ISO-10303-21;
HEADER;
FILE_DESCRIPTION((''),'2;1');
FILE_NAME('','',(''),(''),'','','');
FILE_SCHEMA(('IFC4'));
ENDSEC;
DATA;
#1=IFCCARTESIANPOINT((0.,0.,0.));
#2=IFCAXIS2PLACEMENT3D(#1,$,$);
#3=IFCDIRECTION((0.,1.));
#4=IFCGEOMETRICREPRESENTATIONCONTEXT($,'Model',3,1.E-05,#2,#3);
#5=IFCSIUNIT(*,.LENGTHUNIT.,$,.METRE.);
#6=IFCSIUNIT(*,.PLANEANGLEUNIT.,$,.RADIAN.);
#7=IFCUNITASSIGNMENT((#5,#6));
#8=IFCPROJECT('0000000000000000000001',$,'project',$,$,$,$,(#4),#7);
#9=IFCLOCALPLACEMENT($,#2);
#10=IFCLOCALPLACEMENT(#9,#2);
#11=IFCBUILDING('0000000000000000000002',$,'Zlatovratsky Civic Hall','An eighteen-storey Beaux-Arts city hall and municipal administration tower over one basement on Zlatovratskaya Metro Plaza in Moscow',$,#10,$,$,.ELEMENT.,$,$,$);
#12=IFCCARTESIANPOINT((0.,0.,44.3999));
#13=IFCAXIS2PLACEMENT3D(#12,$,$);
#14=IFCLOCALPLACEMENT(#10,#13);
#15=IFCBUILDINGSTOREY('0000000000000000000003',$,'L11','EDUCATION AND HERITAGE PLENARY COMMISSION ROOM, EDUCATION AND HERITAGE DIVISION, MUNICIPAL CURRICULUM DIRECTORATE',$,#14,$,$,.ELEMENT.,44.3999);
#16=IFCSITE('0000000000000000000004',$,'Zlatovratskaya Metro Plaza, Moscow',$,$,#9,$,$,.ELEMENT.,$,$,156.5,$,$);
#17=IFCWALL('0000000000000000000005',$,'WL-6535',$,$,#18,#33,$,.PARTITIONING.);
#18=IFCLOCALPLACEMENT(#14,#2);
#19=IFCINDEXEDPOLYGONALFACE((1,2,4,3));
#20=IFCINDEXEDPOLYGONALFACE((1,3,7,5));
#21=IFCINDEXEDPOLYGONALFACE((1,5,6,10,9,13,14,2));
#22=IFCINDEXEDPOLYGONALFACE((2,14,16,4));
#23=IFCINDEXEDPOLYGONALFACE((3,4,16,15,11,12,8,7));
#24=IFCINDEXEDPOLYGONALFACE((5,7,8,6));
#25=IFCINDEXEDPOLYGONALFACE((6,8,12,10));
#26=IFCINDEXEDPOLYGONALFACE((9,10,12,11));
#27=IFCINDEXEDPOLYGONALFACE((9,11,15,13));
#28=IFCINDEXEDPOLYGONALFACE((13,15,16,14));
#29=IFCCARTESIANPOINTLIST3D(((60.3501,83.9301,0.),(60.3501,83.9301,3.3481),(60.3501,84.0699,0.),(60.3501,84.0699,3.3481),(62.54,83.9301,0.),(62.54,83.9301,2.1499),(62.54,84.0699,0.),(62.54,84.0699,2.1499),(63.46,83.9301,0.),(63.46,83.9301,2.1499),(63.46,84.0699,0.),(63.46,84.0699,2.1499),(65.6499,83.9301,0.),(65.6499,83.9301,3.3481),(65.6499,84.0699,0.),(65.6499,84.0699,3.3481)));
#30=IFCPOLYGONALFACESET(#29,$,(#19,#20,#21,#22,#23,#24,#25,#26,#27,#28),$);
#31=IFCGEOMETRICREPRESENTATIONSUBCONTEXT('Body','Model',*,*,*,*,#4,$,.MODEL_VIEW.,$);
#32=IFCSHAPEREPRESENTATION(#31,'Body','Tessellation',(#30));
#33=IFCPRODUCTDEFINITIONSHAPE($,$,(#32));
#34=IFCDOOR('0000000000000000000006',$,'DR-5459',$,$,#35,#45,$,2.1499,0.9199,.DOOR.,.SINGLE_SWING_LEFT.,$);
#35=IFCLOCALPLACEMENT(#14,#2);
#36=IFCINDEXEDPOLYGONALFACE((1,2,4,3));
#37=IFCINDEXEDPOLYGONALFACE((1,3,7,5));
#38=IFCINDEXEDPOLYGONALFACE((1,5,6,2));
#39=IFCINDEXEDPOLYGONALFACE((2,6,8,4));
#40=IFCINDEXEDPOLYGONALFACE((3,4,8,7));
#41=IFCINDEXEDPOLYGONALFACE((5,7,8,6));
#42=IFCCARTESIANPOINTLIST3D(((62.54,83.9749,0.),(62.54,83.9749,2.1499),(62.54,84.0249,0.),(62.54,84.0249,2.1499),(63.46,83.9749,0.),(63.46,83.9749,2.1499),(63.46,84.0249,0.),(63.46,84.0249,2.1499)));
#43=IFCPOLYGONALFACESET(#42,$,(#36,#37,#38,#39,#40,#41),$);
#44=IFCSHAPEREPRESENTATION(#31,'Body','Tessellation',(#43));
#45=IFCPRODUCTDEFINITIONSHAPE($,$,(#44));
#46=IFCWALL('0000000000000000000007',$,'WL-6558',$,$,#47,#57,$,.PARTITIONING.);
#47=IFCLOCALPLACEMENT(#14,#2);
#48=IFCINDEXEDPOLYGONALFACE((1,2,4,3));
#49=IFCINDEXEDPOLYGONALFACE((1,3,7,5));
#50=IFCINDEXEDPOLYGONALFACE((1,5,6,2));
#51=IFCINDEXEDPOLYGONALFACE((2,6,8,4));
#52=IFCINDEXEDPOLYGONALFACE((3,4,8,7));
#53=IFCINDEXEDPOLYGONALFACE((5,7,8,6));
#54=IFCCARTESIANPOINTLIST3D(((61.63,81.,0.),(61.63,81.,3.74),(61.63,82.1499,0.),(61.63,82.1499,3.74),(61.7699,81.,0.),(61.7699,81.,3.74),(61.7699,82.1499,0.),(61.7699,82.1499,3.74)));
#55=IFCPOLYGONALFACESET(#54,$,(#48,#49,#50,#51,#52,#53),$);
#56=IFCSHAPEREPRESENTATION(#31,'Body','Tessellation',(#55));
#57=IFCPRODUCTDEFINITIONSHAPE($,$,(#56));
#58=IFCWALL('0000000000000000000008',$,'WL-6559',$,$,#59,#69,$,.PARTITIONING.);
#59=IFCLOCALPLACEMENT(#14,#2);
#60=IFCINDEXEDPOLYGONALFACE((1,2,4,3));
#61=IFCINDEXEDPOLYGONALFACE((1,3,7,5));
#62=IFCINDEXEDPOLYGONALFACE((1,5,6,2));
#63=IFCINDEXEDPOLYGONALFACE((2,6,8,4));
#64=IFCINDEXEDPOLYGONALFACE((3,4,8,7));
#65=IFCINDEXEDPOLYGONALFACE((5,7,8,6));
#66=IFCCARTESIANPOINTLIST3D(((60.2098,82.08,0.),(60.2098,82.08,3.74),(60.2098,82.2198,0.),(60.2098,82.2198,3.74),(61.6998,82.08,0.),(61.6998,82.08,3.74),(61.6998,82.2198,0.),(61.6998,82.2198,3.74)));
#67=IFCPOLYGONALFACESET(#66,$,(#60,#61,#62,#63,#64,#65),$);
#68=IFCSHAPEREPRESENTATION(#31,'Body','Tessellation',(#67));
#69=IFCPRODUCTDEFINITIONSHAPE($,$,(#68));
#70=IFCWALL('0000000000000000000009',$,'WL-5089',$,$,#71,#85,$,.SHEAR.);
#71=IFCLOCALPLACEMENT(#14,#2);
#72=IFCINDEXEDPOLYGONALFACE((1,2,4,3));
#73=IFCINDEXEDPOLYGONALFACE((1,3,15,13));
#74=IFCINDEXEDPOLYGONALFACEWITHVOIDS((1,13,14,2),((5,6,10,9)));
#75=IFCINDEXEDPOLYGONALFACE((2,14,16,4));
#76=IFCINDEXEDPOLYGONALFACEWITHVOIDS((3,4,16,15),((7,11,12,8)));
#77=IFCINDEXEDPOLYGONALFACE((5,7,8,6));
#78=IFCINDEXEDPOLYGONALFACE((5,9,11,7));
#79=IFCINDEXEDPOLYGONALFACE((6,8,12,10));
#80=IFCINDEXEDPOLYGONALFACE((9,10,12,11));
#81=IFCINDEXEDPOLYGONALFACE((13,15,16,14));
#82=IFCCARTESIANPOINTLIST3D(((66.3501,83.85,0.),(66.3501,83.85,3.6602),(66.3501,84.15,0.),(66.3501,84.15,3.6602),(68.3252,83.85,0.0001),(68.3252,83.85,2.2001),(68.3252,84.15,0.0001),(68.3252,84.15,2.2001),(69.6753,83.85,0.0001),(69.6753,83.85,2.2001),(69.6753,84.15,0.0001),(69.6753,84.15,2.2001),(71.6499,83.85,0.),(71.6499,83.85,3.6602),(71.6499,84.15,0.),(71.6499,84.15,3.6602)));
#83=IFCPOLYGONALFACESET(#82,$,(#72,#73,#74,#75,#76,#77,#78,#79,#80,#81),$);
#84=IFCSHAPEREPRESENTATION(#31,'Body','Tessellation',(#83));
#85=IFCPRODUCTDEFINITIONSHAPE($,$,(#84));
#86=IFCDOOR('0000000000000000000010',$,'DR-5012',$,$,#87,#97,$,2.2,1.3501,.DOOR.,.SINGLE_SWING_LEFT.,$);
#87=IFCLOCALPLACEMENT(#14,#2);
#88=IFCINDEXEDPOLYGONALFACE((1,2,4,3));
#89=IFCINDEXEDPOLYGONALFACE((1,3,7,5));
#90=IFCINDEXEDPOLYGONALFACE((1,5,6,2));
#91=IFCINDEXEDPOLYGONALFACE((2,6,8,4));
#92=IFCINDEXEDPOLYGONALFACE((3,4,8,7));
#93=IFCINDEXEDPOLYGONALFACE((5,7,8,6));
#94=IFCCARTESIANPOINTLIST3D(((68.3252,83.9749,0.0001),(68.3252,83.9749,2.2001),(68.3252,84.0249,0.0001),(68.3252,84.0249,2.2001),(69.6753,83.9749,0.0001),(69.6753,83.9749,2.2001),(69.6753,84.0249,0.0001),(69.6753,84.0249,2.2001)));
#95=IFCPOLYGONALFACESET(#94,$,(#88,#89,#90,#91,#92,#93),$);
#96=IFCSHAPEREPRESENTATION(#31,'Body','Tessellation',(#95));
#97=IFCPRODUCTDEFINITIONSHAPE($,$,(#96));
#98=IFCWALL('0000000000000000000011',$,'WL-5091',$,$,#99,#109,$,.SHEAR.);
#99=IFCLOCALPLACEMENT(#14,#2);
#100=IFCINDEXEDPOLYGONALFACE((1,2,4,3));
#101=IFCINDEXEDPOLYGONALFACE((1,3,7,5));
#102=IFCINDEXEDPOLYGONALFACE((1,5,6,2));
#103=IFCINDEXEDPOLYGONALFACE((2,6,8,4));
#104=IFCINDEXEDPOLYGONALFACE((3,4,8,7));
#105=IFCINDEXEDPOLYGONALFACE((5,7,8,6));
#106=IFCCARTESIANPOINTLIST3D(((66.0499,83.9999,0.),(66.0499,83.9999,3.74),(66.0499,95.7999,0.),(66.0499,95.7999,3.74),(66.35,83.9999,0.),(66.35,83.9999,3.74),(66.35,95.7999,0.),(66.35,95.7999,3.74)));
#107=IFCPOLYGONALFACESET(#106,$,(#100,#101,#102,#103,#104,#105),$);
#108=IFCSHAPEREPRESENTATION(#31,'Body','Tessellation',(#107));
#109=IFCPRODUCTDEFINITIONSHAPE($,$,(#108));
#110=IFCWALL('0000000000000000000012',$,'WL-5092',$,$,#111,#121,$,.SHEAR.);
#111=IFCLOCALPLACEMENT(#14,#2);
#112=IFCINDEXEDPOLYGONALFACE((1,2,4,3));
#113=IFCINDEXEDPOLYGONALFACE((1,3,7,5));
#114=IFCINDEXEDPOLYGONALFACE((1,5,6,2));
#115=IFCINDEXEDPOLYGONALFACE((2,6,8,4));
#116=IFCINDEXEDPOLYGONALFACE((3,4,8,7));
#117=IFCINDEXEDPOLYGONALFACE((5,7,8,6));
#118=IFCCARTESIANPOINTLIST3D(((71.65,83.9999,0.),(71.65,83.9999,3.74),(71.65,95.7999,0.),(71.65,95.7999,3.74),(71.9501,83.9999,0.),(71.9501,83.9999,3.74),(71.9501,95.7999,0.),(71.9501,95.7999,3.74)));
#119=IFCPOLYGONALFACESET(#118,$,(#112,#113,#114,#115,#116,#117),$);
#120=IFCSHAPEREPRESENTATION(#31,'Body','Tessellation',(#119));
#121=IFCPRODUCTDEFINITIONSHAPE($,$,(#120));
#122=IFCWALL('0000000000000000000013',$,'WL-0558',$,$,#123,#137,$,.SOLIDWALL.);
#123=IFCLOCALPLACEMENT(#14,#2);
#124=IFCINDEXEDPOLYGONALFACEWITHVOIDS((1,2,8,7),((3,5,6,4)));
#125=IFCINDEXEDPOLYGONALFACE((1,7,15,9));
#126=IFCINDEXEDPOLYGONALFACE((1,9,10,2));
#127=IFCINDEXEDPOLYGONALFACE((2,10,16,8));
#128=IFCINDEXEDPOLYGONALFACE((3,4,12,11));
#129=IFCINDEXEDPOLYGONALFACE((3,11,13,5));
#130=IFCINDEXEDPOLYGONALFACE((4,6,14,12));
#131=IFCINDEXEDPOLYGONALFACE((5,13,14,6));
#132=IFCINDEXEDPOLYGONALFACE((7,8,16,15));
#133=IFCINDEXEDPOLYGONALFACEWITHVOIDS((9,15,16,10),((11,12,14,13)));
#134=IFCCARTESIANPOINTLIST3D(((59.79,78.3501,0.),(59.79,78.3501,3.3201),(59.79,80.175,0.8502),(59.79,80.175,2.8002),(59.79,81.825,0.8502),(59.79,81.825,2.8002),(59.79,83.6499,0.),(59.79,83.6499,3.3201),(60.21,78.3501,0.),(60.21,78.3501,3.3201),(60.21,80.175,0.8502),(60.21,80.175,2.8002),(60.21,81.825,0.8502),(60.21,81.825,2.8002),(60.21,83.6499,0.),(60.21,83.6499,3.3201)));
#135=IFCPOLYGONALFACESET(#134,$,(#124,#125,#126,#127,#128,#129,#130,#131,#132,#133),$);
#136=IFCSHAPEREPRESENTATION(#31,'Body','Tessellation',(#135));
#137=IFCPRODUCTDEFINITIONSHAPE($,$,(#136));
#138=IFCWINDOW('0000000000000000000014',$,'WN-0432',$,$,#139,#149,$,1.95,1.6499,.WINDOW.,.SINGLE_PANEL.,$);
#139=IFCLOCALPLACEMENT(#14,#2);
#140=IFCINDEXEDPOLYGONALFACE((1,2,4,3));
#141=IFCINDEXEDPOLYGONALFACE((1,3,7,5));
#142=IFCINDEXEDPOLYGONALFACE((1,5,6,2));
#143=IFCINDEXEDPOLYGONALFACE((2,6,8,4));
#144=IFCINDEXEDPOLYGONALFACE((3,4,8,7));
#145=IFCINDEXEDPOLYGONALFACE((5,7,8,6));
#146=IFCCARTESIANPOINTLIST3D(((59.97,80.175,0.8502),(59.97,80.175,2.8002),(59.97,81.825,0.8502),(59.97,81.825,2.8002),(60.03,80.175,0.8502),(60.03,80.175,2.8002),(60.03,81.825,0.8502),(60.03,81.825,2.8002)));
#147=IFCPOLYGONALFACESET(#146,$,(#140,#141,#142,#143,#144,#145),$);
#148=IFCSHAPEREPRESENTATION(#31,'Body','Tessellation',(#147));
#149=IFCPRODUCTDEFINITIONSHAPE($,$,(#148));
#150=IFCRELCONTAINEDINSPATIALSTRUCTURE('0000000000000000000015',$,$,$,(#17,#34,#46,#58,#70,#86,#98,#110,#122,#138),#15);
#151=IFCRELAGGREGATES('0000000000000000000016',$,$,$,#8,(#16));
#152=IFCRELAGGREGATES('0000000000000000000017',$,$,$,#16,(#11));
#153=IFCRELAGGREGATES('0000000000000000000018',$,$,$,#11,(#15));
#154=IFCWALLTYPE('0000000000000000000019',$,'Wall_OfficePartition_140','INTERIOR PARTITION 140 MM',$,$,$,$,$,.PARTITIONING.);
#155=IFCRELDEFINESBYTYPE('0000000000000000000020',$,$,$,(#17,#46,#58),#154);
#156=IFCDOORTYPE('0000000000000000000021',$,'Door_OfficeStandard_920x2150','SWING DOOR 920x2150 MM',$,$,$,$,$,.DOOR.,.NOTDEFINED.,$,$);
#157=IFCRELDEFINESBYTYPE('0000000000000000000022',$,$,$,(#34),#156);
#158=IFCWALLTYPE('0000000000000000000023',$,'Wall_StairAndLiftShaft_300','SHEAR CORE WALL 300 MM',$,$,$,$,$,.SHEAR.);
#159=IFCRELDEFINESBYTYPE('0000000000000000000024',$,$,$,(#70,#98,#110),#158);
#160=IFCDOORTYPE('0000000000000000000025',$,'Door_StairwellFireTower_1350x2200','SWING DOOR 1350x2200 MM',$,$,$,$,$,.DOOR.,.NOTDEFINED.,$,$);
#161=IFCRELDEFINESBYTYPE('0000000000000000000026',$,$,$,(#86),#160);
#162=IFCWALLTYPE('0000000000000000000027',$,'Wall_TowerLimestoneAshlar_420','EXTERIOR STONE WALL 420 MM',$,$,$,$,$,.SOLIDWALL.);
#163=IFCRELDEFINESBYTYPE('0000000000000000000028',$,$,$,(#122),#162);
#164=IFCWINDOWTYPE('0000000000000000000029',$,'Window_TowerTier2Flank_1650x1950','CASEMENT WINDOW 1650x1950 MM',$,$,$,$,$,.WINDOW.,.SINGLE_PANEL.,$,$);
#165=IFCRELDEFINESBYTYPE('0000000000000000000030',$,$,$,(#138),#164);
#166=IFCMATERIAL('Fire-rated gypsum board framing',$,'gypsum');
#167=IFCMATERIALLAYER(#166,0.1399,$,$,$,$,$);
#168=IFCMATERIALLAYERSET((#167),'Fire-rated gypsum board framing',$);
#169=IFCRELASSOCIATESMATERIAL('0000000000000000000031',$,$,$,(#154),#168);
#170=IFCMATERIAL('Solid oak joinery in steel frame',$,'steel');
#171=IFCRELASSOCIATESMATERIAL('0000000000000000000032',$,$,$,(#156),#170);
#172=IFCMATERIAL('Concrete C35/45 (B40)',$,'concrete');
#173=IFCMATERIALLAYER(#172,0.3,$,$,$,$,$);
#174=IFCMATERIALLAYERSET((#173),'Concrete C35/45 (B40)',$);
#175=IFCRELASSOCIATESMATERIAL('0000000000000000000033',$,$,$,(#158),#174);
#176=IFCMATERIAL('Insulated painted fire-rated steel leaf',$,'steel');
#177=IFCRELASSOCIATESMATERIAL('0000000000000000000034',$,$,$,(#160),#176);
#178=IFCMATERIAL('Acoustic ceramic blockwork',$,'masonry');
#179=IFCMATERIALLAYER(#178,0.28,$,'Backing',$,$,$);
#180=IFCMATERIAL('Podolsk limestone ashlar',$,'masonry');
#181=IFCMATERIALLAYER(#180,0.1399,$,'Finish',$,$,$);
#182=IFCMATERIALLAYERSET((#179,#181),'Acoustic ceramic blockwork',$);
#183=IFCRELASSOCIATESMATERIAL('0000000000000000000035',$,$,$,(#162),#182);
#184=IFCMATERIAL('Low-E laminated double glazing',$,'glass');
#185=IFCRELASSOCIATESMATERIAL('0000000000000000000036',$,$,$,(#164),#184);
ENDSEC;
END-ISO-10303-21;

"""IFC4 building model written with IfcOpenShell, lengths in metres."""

from ifc_helpers import new_model, si_unit, direction, frame, frame_2d, origin, place, context, subcontext, project, spatial, rectangle, extrude, material, layer, layer_set, type_object, element, fill, save


model = new_model("IFC4")

# Units and contexts
model_context = context("Model", 3, precision=1e-05, world=origin(), true_north=direction((0.0, 1.0)))
body_context = subcontext(model_context, "Body", "Model", "MODEL_VIEW")
ifc_project = project(units=[si_unit("LENGTHUNIT", "METRE"), si_unit("PLANEANGLEUNIT", "RADIAN")], contexts=[model_context])

# Site, building, storey
site_placement = place(None, origin())
site = spatial("IfcSite", under=ifc_project, at=site_placement, Name="Zlatovratskaya Metro Plaza, Moscow", CompositionType="ELEMENT", RefElevation=156.5)
building_placement = place(site_placement, origin())
building = spatial("IfcBuilding", under=site, at=building_placement, Name="Zlatovratsky Civic Hall", Description="An eighteen-storey Beaux-Arts city hall and municipal administration tower over one basement on Zlatovratskaya Metro Plaza in Moscow", CompositionType="ELEMENT")
storey_placement = place(building_placement, frame((0.0, 0.0, 44.3999)))
storey = spatial("IfcBuildingStorey", under=building, at=storey_placement, Name="L11", Description="EDUCATION AND HERITAGE PLENARY COMMISSION ROOM, EDUCATION AND HERITAGE DIVISION, MUNICIPAL CURRICULUM DIRECTORATE", CompositionType="ELEMENT", Elevation=44.3999)

# Shared definitions
ifc_material_1 = material(Name="Concrete C35/45 (B40)", Category="concrete")

# Shared definitions
ifc_material_2 = material(Name="Acoustic ceramic blockwork", Category="masonry")

# Wall, opening, door
ifc_material_3 = material(Name="Fire-rated gypsum board framing", Category="gypsum")
ifc_layer_1 = layer(ifc_material_3, 0.1399)
ifc_layer_set_1 = layer_set([ifc_layer_1], Name="Fire-rated gypsum board framing")
wall_type_1 = type_object("IfcWallType", Name="Wall_OfficePartition_140", Description="INTERIOR PARTITION 140 MM", PredefinedType="PARTITIONING", material=ifc_layer_set_1)
ifc_material_4 = material(Name="Solid oak joinery in steel frame", Category="steel")
wall_1_placement = place(storey_placement, frame((60.3501, 84.0, 0.0), z_axis=(0.0, 0.0, 1.0), x_axis=(1.0, 0.0, 0.0)))
wall_1 = element("IfcWall", 1, at=wall_1_placement, inside=storey, type_object=wall_type_1, Name="WL-6535", PredefinedType="PARTITIONING", context=body_context, shape_type="SweptSolid", body=[
    extrude(rectangle(XDim=5.2998, YDim=0.1399, at=frame_2d((2.6499, 0.0))), origin(), (0.0, 0.0, 1.0), 3.3481),
])
opening_1_placement = place(wall_1_placement, frame((2.1899, 0.0, 0.0)))
opening_1 = element("IfcOpeningElement", 2, at=opening_1_placement, cuts=wall_1, PredefinedType="OPENING", context=body_context, shape_type="SweptSolid", body=[
    extrude(rectangle(XDim=0.9199, YDim=2.1499, at=frame_2d((0.46, 1.075))), frame((0.0, 0.085, 0.0), z_axis=(0.0, -1.0, 0.0), x_axis=(1.0, 0.0, 0.0)), (0.0, 0.0, 1.0), 0.1697),
])
door_type_1 = type_object("IfcDoorType", Name="Door_OfficeStandard_920x2150", Description="SWING DOOR 920x2150 MM", OperationType="NOTDEFINED", PredefinedType="DOOR", material=ifc_material_4)
door_1_placement = place(opening_1_placement, origin())
door_1 = element("IfcDoor", 3, at=door_1_placement, inside=storey, type_object=door_type_1, Name="DR-5459", OperationType="SINGLE_SWING_LEFT", OverallHeight=2.1499, OverallWidth=0.9199, PredefinedType="DOOR", context=body_context, shape_type="SweptSolid", body=[
    extrude(rectangle(XDim=0.9199, YDim=2.1499, at=frame_2d((0.46, 1.075))), frame((0.0, 0.0249, 0.0), z_axis=(0.0, -1.0, 0.0), x_axis=(1.0, 0.0, 0.0)), (0.0, 0.0, 1.0), 0.05),
])
fill(opening_1, door_1)

# Walls
wall_2_placement = place(storey_placement, frame((61.7, 81.0, 0.0), z_axis=(0.0, 0.0, 1.0), x_axis=(0.0, 1.0, 0.0)))
element("IfcWall", 4, at=wall_2_placement, inside=storey, type_object=wall_type_1, Name="WL-6558", PredefinedType="PARTITIONING", context=body_context, shape_type="SweptSolid", body=[
    extrude(rectangle(XDim=1.1499, YDim=0.1399, at=frame_2d((0.575, 0.0))), origin(), (0.0, 0.0, 1.0), 3.74),
])
wall_3_placement = place(storey_placement, frame((61.7, 82.1499, 0.0), z_axis=(0.0, 0.0, 1.0), x_axis=(-1.0, 0.0, 0.0)))
element("IfcWall", 5, at=wall_3_placement, inside=storey, type_object=wall_type_1, Name="WL-6559", PredefinedType="PARTITIONING", context=body_context, shape_type="SweptSolid", body=[
    extrude(rectangle(XDim=1.49, YDim=0.1399, at=frame_2d((0.7451, 0.0))), origin(), (0.0, 0.0, 1.0), 3.74),
])

# Wall, opening, door
ifc_layer_2 = layer(ifc_material_1, 0.3)
ifc_layer_set_2 = layer_set([ifc_layer_2], Name="Concrete C35/45 (B40)")
wall_type_2 = type_object("IfcWallType", Name="Wall_StairAndLiftShaft_300", Description="SHEAR CORE WALL 300 MM", PredefinedType="SHEAR", material=ifc_layer_set_2)
wall_4_placement = place(storey_placement, frame((66.3501, 84.0, 0.0), z_axis=(0.0, 0.0, 1.0), x_axis=(1.0, 0.0, 0.0)))
wall_4 = element("IfcWall", 6, at=wall_4_placement, inside=storey, type_object=wall_type_2, Name="WL-5089", PredefinedType="SHEAR", context=body_context, shape_type="SweptSolid", body=[
    extrude(rectangle(XDim=5.2998, YDim=0.3, at=frame_2d((2.6499, 0.0))), origin(), (0.0, 0.0, 1.0), 3.6602),
])
opening_2_placement = place(wall_4_placement, frame((1.9751, 0.0, 0.0)))
opening_2 = element("IfcOpeningElement", 7, at=opening_2_placement, cuts=wall_4, PredefinedType="OPENING", context=body_context, shape_type="SweptSolid", body=[
    extrude(rectangle(XDim=1.3501, YDim=2.2, at=frame_2d((0.675, 1.1001))), frame((0.0, 0.165, 0.0), z_axis=(0.0, -1.0, 0.0), x_axis=(1.0, 0.0, 0.0)), (0.0, 0.0, 1.0), 0.3298),
])
ifc_material_5 = material(Name="Insulated painted fire-rated steel leaf", Category="steel")
door_type_2 = type_object("IfcDoorType", Name="Door_StairwellFireTower_1350x2200", Description="SWING DOOR 1350x2200 MM", OperationType="NOTDEFINED", PredefinedType="DOOR", material=ifc_material_5)
door_2_placement = place(opening_2_placement, origin())
door_2 = element("IfcDoor", 8, at=door_2_placement, inside=storey, type_object=door_type_2, Name="DR-5012", OperationType="SINGLE_SWING_LEFT", OverallHeight=2.2, OverallWidth=1.3501, PredefinedType="DOOR", context=body_context, shape_type="SweptSolid", body=[
    extrude(rectangle(XDim=1.3501, YDim=2.2, at=frame_2d((0.675, 1.1001))), frame((0.0, 0.0249, 0.0), z_axis=(0.0, -1.0, 0.0), x_axis=(1.0, 0.0, 0.0)), (0.0, 0.0, 1.0), 0.05),
])
fill(opening_2, door_2)

# Walls
for number, where, z_axis, x_axis, name in (
    (9, (66.2, 84.0, 0.0), (0.0, 0.0, 1.0), (0.0, 1.0, 0.0), "WL-5091"),
    (10, (71.8, 84.0, 0.0), (0.0, 0.0, 1.0), (0.0, 1.0, 0.0), "WL-5092"),
):
    element("IfcWall", number, at=place(storey_placement, frame(where, z_axis=z_axis, x_axis=x_axis)), inside=storey, type_object=wall_type_2, Name=name, PredefinedType="SHEAR", context=body_context, shape_type="SweptSolid", body=[
        extrude(rectangle(XDim=11.8, YDim=0.3, at=frame_2d((5.8999, 0.0))), origin(), (0.0, 0.0, 1.0), 3.74),
    ])

# Wall, opening, window
ifc_layer_3 = layer(ifc_material_2, 0.28, Name="Backing")
ifc_material_6 = material(Name="Podolsk limestone ashlar", Category="masonry")
ifc_layer_4 = layer(ifc_material_6, 0.1399, Name="Finish")
ifc_layer_set_3 = layer_set([ifc_layer_3, ifc_layer_4], Name="Acoustic ceramic blockwork")
wall_type_3 = type_object("IfcWallType", Name="Wall_TowerLimestoneAshlar_420", Description="EXTERIOR STONE WALL 420 MM", PredefinedType="SOLIDWALL", material=ifc_layer_set_3)
wall_5_placement = place(storey_placement, frame((60.0, 78.3501, 0.0), z_axis=(0.0, 0.0, 1.0), x_axis=(0.0, 1.0, 0.0)))
wall_5 = element("IfcWall", 11, at=wall_5_placement, inside=storey, type_object=wall_type_3, Name="WL-0558", PredefinedType="SOLIDWALL", context=body_context, shape_type="SweptSolid", body=[
    extrude(rectangle(XDim=5.2998, YDim=0.4199, at=frame_2d((2.6499, 0.0))), origin(), (0.0, 0.0, 1.0), 3.3201),
])
opening_3_placement = place(wall_5_placement, frame((1.825, 0.0, 0.8501)))
opening_3 = element("IfcOpeningElement", 12, at=opening_3_placement, cuts=wall_5, PredefinedType="OPENING", context=body_context, shape_type="SweptSolid", body=[
    extrude(rectangle(XDim=1.6499, YDim=1.95, at=frame_2d((0.825, 0.9751))), frame((0.0, 0.2249, 0.0), z_axis=(0.0, -1.0, 0.0), x_axis=(1.0, 0.0, 0.0)), (0.0, 0.0, 1.0), 0.4497),
])
ifc_material_7 = material(Name="Low-E laminated double glazing", Category="glass")
window_type = type_object("IfcWindowType", Name="Window_TowerTier2Flank_1650x1950", Description="CASEMENT WINDOW 1650x1950 MM", PartitioningType="SINGLE_PANEL", PredefinedType="WINDOW", material=ifc_material_7)
window_1_placement = place(opening_3_placement, origin())
window_1 = element("IfcWindow", 13, at=window_1_placement, inside=storey, type_object=window_type, Name="WN-0432", OverallHeight=1.95, OverallWidth=1.6499, PartitioningType="SINGLE_PANEL", PredefinedType="WINDOW", context=body_context, shape_type="SweptSolid", body=[
    extrude(rectangle(XDim=1.6499, YDim=1.95, at=frame_2d((0.825, 0.9751))), frame((0.0, 0.03, 0.0), z_axis=(0.0, -1.0, 0.0), x_axis=(1.0, 0.0, 0.0)), (0.0, 0.0, 1.0), 0.0601),
])
fill(opening_3, window_1)

save(model, "model.ifc")
